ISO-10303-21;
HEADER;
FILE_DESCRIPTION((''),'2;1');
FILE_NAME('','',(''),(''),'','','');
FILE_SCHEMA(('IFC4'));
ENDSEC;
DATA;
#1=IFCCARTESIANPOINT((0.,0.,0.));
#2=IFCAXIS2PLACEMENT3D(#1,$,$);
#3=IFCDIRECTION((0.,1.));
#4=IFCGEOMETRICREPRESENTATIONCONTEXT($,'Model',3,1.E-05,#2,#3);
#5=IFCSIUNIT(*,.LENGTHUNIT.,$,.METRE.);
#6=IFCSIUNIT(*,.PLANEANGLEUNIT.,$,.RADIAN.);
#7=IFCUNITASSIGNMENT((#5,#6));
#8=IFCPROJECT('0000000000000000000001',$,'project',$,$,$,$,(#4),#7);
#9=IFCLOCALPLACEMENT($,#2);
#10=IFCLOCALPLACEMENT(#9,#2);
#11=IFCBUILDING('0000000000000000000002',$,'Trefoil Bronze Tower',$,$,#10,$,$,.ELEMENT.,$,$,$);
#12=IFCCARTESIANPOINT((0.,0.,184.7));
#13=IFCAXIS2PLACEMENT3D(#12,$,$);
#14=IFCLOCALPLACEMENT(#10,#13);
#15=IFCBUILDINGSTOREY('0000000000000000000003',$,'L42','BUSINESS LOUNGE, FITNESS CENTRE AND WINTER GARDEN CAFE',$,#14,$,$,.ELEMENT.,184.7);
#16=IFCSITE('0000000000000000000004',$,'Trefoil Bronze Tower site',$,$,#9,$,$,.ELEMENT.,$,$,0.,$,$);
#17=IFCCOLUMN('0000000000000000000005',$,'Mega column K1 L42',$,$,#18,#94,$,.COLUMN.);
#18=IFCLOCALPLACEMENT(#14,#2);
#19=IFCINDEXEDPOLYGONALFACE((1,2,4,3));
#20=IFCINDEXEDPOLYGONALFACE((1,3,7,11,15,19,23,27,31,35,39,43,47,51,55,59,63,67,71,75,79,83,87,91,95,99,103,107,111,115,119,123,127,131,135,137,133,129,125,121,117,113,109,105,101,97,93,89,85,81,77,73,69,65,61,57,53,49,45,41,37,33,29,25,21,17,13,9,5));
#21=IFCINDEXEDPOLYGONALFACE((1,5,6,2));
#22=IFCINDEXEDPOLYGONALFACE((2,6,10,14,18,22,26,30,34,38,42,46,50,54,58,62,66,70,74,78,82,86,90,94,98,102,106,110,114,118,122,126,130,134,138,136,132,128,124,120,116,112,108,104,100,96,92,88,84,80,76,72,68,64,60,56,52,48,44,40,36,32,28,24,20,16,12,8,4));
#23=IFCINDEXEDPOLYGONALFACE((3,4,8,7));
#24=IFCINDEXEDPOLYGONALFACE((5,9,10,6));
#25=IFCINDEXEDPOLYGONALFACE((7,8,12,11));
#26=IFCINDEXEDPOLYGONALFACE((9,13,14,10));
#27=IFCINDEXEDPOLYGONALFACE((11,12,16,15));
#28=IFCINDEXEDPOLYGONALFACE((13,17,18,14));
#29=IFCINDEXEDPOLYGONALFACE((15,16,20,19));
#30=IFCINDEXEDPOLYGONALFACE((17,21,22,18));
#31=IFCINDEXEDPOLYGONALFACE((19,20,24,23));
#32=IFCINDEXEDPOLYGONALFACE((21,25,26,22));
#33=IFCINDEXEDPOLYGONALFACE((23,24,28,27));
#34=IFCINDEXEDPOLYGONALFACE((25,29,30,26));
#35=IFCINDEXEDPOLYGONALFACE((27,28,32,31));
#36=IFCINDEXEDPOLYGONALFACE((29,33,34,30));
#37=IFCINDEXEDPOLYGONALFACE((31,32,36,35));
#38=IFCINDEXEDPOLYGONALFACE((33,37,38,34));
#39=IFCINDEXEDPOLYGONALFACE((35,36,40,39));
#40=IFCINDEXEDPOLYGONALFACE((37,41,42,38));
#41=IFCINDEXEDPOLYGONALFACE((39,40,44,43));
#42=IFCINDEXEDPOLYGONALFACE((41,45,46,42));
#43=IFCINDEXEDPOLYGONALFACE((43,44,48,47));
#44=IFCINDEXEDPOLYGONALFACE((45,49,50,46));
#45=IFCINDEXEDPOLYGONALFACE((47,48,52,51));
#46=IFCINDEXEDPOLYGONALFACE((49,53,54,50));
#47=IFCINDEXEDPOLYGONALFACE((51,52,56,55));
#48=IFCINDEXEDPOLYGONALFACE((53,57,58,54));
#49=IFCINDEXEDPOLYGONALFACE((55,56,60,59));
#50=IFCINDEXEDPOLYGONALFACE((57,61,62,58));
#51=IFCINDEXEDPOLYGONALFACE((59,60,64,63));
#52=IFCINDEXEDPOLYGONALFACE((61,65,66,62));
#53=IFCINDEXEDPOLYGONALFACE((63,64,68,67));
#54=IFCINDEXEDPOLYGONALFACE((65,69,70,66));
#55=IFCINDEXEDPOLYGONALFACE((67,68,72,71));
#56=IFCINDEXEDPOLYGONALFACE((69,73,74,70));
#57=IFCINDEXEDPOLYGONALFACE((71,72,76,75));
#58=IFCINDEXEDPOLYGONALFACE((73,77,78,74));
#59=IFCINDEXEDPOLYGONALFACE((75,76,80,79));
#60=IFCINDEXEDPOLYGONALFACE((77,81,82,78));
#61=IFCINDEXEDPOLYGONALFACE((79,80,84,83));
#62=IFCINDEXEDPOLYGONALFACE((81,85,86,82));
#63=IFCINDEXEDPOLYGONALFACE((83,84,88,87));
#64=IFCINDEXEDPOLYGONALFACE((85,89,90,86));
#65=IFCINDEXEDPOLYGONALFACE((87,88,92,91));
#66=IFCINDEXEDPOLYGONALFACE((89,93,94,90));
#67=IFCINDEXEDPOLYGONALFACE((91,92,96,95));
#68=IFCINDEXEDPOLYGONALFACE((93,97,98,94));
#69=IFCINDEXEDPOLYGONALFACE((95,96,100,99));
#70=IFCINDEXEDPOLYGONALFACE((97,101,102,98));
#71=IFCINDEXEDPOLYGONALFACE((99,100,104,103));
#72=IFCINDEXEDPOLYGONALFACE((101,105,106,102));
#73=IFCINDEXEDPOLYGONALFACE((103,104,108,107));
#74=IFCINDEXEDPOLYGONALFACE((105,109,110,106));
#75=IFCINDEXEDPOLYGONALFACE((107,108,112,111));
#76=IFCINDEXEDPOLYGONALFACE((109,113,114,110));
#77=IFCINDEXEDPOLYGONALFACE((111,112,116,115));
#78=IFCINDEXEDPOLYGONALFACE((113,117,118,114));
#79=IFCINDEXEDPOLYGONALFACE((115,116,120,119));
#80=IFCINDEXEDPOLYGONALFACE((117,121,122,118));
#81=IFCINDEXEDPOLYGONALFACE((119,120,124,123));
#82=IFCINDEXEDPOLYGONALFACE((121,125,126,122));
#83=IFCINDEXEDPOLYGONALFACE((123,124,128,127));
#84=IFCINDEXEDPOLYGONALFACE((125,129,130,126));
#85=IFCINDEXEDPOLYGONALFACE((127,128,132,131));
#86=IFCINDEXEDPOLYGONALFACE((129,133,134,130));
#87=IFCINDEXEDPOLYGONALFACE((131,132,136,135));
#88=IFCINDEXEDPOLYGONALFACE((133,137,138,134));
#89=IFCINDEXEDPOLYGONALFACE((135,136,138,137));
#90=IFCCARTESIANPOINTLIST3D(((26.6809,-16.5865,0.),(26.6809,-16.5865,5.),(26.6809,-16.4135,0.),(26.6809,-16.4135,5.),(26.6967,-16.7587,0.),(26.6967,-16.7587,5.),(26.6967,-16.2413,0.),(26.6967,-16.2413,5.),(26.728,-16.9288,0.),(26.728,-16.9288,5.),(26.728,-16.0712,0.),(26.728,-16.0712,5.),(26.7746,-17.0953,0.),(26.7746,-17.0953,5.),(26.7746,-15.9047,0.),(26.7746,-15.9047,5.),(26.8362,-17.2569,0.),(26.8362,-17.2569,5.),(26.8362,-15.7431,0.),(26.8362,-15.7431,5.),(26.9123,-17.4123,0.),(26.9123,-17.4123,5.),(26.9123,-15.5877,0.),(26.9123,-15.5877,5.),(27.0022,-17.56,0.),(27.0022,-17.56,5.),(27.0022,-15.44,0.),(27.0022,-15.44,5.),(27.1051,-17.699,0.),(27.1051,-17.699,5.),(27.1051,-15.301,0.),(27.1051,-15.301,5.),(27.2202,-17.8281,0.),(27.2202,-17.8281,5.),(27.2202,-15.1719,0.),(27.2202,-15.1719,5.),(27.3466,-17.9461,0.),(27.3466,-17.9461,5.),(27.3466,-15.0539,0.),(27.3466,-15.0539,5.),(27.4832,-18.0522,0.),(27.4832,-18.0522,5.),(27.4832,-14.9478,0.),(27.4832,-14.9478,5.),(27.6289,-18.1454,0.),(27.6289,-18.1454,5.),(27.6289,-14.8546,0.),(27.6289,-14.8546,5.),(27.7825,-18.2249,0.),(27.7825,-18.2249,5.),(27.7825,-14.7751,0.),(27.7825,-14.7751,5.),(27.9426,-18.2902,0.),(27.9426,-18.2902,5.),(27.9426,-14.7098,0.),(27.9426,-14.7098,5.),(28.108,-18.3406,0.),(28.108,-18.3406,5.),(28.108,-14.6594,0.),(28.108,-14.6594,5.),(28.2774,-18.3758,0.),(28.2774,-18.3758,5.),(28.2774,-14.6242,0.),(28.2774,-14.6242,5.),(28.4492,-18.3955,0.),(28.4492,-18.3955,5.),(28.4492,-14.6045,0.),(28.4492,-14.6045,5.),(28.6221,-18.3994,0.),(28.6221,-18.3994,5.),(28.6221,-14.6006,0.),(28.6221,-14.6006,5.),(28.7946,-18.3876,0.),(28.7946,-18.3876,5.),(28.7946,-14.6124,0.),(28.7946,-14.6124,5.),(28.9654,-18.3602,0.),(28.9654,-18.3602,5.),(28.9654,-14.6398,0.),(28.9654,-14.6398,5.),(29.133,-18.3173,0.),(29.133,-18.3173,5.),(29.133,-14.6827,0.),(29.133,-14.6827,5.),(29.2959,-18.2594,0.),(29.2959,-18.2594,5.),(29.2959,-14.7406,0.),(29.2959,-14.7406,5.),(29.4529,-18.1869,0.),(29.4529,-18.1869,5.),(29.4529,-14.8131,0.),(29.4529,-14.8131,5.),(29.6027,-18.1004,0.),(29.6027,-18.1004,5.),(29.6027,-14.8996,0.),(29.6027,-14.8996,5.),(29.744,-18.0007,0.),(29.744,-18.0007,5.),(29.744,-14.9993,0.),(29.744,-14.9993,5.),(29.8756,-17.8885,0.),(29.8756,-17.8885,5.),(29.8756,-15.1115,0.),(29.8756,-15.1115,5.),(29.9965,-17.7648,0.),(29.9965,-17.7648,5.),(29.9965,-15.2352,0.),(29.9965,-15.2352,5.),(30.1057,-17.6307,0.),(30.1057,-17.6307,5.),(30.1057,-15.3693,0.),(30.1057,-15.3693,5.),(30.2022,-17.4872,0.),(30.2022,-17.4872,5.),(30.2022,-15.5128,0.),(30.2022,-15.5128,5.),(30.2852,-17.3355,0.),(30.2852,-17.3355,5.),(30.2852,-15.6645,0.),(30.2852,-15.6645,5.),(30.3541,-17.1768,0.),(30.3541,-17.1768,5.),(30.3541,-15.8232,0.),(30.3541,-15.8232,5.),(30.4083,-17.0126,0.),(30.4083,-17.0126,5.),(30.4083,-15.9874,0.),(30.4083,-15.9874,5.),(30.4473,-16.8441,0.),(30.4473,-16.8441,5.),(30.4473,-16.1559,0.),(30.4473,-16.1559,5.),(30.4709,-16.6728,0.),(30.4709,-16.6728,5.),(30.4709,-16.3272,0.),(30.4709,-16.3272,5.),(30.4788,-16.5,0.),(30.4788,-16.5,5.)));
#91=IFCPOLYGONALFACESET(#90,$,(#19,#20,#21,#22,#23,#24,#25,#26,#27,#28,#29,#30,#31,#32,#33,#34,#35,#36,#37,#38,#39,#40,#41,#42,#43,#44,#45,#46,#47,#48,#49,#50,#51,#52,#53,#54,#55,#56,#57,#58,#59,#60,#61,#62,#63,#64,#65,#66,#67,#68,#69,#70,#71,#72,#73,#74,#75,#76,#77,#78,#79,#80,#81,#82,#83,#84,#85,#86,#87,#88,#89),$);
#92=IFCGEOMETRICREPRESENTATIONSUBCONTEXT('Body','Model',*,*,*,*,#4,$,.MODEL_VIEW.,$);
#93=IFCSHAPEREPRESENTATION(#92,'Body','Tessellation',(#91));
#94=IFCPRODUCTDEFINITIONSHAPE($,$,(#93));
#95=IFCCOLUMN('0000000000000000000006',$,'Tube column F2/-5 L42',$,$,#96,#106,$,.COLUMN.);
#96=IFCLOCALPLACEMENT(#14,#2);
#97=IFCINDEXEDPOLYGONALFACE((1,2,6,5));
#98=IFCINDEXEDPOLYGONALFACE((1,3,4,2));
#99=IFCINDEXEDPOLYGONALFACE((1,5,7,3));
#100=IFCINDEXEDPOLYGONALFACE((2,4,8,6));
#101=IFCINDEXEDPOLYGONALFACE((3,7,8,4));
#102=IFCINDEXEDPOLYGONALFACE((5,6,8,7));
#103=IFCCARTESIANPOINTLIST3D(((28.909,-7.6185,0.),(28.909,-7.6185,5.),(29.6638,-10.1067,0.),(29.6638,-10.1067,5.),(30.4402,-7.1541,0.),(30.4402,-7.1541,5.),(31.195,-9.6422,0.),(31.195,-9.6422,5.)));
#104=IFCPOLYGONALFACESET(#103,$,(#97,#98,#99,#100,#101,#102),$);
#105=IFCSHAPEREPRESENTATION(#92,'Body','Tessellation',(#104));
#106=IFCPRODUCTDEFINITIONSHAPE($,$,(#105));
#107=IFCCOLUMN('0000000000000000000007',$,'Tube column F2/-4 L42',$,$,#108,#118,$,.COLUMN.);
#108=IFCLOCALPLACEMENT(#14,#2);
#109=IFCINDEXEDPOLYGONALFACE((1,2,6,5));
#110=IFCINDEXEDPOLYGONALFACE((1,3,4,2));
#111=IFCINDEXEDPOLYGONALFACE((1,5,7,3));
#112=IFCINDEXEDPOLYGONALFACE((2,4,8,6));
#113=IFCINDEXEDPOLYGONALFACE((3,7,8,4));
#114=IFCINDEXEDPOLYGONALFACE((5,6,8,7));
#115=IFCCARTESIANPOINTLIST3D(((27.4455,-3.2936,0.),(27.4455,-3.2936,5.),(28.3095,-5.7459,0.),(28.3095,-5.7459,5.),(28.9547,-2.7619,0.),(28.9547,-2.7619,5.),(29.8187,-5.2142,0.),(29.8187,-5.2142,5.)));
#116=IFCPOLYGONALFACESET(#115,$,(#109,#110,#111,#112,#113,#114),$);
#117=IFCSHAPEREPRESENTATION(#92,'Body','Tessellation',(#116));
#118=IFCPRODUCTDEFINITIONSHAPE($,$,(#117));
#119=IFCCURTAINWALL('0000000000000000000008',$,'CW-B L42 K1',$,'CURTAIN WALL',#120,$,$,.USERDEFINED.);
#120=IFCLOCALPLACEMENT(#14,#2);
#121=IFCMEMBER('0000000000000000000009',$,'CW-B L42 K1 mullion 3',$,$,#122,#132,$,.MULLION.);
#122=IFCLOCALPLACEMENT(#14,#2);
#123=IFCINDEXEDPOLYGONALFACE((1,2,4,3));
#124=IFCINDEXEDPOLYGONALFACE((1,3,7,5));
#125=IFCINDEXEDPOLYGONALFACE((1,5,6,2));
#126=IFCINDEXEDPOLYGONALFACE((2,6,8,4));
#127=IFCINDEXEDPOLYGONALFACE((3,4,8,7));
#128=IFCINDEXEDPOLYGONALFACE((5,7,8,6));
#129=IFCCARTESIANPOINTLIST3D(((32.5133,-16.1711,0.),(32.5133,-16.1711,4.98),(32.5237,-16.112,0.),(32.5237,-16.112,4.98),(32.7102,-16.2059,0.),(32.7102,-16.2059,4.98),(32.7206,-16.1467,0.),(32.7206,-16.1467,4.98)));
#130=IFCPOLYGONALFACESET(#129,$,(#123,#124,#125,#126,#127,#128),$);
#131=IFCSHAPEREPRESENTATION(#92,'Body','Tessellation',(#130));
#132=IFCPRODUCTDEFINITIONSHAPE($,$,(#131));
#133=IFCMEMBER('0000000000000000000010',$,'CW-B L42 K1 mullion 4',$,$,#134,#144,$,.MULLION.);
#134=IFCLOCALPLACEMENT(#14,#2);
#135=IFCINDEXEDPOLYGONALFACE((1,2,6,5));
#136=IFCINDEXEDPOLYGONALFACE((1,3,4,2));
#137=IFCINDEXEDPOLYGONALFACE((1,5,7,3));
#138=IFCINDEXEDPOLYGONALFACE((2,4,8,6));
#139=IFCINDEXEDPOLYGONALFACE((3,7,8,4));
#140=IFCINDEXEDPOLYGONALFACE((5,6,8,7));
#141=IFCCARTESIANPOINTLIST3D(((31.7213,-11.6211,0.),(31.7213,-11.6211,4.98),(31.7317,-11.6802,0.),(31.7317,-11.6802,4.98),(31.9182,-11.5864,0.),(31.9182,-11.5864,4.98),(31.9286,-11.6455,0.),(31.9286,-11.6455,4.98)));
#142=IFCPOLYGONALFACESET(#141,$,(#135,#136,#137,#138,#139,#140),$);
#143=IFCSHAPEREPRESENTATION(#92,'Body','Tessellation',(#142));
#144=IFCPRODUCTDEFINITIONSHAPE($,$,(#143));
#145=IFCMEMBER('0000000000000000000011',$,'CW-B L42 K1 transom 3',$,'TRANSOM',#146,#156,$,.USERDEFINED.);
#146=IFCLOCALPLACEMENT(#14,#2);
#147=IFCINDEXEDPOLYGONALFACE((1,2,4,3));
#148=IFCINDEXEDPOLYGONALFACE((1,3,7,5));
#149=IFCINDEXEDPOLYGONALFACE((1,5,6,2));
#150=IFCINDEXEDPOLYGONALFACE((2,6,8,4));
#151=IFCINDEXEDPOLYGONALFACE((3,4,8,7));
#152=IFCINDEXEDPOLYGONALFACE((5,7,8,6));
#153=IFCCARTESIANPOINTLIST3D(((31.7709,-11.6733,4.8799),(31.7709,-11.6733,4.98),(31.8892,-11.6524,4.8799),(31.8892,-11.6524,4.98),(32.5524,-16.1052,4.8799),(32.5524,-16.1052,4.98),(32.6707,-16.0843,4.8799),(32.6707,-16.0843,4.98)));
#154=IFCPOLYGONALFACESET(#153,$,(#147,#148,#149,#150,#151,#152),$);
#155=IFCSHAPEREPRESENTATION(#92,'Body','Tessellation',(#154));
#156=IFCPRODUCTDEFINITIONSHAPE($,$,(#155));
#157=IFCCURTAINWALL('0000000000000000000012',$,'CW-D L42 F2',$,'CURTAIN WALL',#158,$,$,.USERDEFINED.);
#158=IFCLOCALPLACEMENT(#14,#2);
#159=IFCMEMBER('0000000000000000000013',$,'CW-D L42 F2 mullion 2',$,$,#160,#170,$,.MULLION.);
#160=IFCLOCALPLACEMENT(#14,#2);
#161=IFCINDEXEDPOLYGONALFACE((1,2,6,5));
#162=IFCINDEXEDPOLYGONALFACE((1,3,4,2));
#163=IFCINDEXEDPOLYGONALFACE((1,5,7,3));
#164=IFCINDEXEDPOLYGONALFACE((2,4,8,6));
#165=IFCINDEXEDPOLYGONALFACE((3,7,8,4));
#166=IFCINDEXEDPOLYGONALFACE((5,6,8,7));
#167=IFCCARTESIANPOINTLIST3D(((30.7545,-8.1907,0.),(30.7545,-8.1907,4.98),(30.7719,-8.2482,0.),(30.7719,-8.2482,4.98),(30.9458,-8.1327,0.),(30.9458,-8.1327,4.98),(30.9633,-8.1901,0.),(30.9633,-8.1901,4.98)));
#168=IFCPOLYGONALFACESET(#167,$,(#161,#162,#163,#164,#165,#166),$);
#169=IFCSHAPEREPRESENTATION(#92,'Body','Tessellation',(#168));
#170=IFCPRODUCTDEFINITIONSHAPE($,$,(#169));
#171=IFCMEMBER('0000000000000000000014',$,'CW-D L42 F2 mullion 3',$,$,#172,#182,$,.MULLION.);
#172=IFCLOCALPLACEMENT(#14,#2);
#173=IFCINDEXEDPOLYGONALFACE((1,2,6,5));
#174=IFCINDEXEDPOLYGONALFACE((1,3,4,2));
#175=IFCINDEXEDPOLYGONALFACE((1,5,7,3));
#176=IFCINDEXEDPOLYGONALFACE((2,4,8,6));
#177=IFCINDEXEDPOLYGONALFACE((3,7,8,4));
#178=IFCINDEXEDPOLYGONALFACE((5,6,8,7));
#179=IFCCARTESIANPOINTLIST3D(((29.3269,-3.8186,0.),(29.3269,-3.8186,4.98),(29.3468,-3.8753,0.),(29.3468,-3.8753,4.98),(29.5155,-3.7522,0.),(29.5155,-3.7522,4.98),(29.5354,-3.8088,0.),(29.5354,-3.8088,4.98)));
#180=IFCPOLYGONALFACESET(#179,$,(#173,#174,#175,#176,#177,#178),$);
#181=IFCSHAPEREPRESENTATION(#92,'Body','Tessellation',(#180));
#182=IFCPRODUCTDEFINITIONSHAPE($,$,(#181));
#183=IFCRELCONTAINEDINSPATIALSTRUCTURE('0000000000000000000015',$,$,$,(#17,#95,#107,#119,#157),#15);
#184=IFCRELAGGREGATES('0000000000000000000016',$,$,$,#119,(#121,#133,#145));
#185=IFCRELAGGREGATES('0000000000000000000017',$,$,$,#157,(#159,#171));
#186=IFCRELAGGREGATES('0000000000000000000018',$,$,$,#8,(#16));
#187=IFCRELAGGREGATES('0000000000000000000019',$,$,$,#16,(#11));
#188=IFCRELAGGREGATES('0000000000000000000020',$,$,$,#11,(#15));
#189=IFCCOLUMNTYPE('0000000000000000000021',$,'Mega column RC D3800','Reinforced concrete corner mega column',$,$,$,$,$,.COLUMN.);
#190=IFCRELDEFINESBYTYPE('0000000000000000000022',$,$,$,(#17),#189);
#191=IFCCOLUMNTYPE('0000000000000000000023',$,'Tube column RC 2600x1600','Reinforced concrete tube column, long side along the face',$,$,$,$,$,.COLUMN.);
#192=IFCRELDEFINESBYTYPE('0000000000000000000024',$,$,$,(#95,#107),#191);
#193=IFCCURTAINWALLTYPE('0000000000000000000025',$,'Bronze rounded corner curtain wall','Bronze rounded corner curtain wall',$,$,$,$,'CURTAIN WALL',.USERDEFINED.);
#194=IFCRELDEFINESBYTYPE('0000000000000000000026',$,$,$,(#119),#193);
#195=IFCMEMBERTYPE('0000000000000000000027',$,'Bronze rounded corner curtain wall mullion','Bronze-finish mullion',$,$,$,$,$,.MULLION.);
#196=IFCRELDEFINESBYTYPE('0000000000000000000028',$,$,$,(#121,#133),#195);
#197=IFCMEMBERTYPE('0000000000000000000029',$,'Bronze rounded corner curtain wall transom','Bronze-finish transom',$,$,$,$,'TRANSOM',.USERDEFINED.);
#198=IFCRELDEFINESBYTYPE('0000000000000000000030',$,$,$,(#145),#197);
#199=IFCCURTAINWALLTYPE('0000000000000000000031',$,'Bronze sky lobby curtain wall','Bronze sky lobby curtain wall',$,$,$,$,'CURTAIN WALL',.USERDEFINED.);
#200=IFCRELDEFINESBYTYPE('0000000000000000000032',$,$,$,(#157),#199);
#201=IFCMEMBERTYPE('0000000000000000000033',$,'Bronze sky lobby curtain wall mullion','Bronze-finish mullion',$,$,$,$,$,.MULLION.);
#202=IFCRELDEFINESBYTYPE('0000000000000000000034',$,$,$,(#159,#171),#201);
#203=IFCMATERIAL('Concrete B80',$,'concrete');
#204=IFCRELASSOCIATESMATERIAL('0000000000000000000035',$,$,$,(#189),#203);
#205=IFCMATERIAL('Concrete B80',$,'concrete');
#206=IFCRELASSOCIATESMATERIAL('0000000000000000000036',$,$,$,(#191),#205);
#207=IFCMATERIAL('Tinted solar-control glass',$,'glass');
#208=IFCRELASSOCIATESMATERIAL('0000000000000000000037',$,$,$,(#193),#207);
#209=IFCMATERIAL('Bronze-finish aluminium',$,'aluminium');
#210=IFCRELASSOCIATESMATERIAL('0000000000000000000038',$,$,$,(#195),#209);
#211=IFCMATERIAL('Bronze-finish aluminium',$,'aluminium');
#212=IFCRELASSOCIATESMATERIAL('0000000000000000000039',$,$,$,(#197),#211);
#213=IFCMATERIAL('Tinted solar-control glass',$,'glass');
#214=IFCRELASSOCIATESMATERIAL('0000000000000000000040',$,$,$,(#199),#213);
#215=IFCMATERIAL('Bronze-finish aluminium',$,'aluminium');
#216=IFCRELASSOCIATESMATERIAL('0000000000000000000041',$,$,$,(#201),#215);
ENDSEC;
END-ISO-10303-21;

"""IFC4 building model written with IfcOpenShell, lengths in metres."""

from ifc_helpers import new_model, si_unit, direction, frame, origin, origin_2d, place, context, subcontext, project, spatial, rectangle, circle, extrude, material, material_profile, profile_set, type_object, element, aggregate, save


model = new_model("IFC4")

# Units and contexts
model_context = context("Model", 3, precision=1e-05, world=origin(), true_north=direction((0.0, 1.0)))
body_context = subcontext(model_context, "Body", "Model", "MODEL_VIEW")
ifc_project = project(units=[si_unit("LENGTHUNIT", "METRE"), si_unit("PLANEANGLEUNIT", "RADIAN")], contexts=[model_context])

# Site, building, storey
site_placement = place(None, origin())
site = spatial("IfcSite", under=ifc_project, at=site_placement, Name="Trefoil Bronze Tower site", CompositionType="ELEMENT", RefElevation=0.0)
building_placement = place(site_placement, origin())
building = spatial("IfcBuilding", under=site, at=building_placement, Name="Trefoil Bronze Tower", CompositionType="ELEMENT")
storey_placement = place(building_placement, frame((0.0, 0.0, 184.7)))
storey = spatial("IfcBuildingStorey", under=building, at=storey_placement, Name="L42", Description="BUSINESS LOUNGE, FITNESS CENTRE AND WINTER GARDEN CAFE", CompositionType="ELEMENT", Elevation=184.7)

# Columns
ifc_material_1 = material(Name="Concrete B80", Category="concrete")
ifc_material_profile_1 = material_profile(ifc_material_1, circle(Radius=1.8999, at=origin_2d()), Name="RC D3800")
ifc_profile_set_1 = profile_set([ifc_material_profile_1], Name="Concrete B80")
column_type_1 = type_object("IfcColumnType", Name="Mega column RC D3800", Description="Reinforced concrete corner mega column", PredefinedType="COLUMN", material=ifc_profile_set_1)
column_placement = place(storey_placement, frame((28.5789, -16.5, 0.0), z_axis=(0.0, 0.0, 1.0), x_axis=(1.0, 0.0, 0.0)))
element("IfcColumn", 1, at=column_placement, inside=storey, type_object=column_type_1, Name="Mega column K1 L42", PredefinedType="COLUMN", context=body_context, shape_type="SweptSolid", body=[
    extrude(circle(Radius=1.8999, at=origin_2d()), origin(), (0.0, 0.0, 1.0), 5.0),
])
ifc_material_2 = material(Name="Concrete B80", Category="concrete")
ifc_material_profile_2 = material_profile(ifc_material_2, rectangle(XDim=2.6001, YDim=1.6001, at=origin_2d()), Name="RC 2600x1600")
ifc_profile_set_2 = profile_set([ifc_material_profile_2], Name="Concrete B80")
column_type_2 = type_object("IfcColumnType", Name="Tube column RC 2600x1600", Description="Reinforced concrete tube column, long side along the face", PredefinedType="COLUMN", material=ifc_profile_set_2)
for number, where, z_axis, x_axis, name in (
    (2, (30.052, -8.6304, 0.0), (0.0, 0.0, 1.0), (-0.290278, 0.956942, 0.0), "Tube column F2/-5 L42"),
    (3, (28.6321, -4.2539, 0.0), (0.0, 0.0, 1.0), (-0.332282, 0.94318, 0.0), "Tube column F2/-4 L42"),
):
    element("IfcColumn", number, at=place(storey_placement, frame(where, z_axis=z_axis, x_axis=x_axis)), inside=storey, type_object=column_type_2, Name=name, PredefinedType="COLUMN", context=body_context, shape_type="SweptSolid", body=[
        extrude(rectangle(XDim=2.6001, YDim=1.6001, at=origin_2d()), origin(), (0.0, 0.0, 1.0), 5.0),
    ])

# Curtain walls, members
ifc_material_3 = material(Name="Tinted solar-control glass", Category="glass")
curtain_wall_type_1 = type_object("IfcCurtainWallType", Name="Bronze rounded corner curtain wall", Description="Bronze rounded corner curtain wall", ElementType="CURTAIN WALL", PredefinedType="USERDEFINED", material=ifc_material_3)
curtain_wall_1_placement = place(storey_placement, origin())
curtain_wall_1 = element("IfcCurtainWall", 4, at=curtain_wall_1_placement, inside=storey, type_object=curtain_wall_type_1, Name="CW-B L42 K1", ObjectType="CURTAIN WALL", PredefinedType="USERDEFINED")
ifc_material_4 = material(Name="Bronze-finish aluminium", Category="aluminium")
ifc_material_profile_3 = material_profile(ifc_material_4, rectangle(XDim=0.2, YDim=0.0601, at=origin_2d()), Name="CW-B mullion")
ifc_profile_set_3 = profile_set([ifc_material_profile_3], Name="Bronze-finish aluminium")
member_type_1 = type_object("IfcMemberType", Name="Bronze rounded corner curtain wall mullion", Description="Bronze-finish mullion", PredefinedType="MULLION", material=ifc_profile_set_3)
member_1_placement = place(storey_placement, frame((32.6169, -16.1589, 0.0), z_axis=(0.0, 0.0, 1.0), x_axis=(-0.984808, 0.173648, 0.0)))
member_1 = element("IfcMember", 5, at=member_1_placement, type_object=member_type_1, Name="CW-B L42 K1 mullion 3", PredefinedType="MULLION", context=body_context, shape_type="SweptSolid", body=[
    extrude(rectangle(XDim=0.2, YDim=0.0601, at=origin_2d()), origin(), (0.0, 0.0, 1.0), 4.98),
])
member_2_placement = place(storey_placement, frame((31.825, -11.6333, 0.0), z_axis=(0.0, 0.0, 1.0), x_axis=(-0.984808, -0.173648, 0.0)))
member_2 = element("IfcMember", 6, at=member_2_placement, type_object=member_type_1, Name="CW-B L42 K1 mullion 4", PredefinedType="MULLION", context=body_context, shape_type="SweptSolid", body=[
    extrude(rectangle(XDim=0.2, YDim=0.0601, at=origin_2d()), origin(), (0.0, 0.0, 1.0), 4.98),
])
ifc_material_5 = material(Name="Bronze-finish aluminium", Category="aluminium")
ifc_material_profile_4 = material_profile(ifc_material_5, rectangle(XDim=0.1201, YDim=0.1001, at=origin_2d()), Name="CW-B transom")
ifc_profile_set_4 = profile_set([ifc_material_profile_4], Name="Bronze-finish aluminium")
member_type_2 = type_object("IfcMemberType", Name="Bronze rounded corner curtain wall transom", Description="Bronze-finish transom", ElementType="TRANSOM", PredefinedType="USERDEFINED", material=ifc_profile_set_4)
member_3_placement = place(storey_placement, frame((32.6116, -16.0947, 4.9299), z_axis=(-0.173655, 0.984806, 0.0), x_axis=(-0.984806, -0.173655, 0.0)))
member_3 = element("IfcMember", 7, at=member_3_placement, type_object=member_type_2, Name="CW-B L42 K1 transom 3", ObjectType="TRANSOM", PredefinedType="USERDEFINED", context=body_context, shape_type="SweptSolid", body=[
    extrude(rectangle(XDim=0.1201, YDim=0.1001, at=origin_2d()), origin(), (0.0, 0.0, 1.0), 4.5002),
])
ifc_material_6 = material(Name="Tinted solar-control glass", Category="glass")
curtain_wall_type_2 = type_object("IfcCurtainWallType", Name="Bronze sky lobby curtain wall", Description="Bronze sky lobby curtain wall", ElementType="CURTAIN WALL", PredefinedType="USERDEFINED", material=ifc_material_6)
curtain_wall_2_placement = place(storey_placement, origin())
curtain_wall_2 = element("IfcCurtainWall", 8, at=curtain_wall_2_placement, inside=storey, type_object=curtain_wall_type_2, Name="CW-D L42 F2", ObjectType="CURTAIN WALL", PredefinedType="USERDEFINED")
ifc_material_7 = material(Name="Bronze-finish aluminium", Category="aluminium")
ifc_material_profile_5 = material_profile(ifc_material_7, rectangle(XDim=0.2, YDim=0.0601, at=origin_2d()), Name="CW-D mullion")
ifc_profile_set_5 = profile_set([ifc_material_profile_5], Name="Bronze-finish aluminium")
member_type_3 = type_object("IfcMemberType", Name="Bronze sky lobby curtain wall mullion", Description="Bronze-finish mullion", PredefinedType="MULLION", material=ifc_profile_set_5)
member_4_placement = place(storey_placement, frame((30.8589, -8.1904, 0.0), z_axis=(0.0, 0.0, 1.0), x_axis=(-0.956942, -0.290278, 0.0)))
member_4 = element("IfcMember", 9, at=member_4_placement, type_object=member_type_3, Name="CW-D L42 F2 mullion 2", PredefinedType="MULLION", context=body_context, shape_type="SweptSolid", body=[
    extrude(rectangle(XDim=0.2, YDim=0.0601, at=origin_2d()), origin(), (0.0, 0.0, 1.0), 4.98),
])
member_5_placement = place(storey_placement, frame((29.4312, -3.8137, 0.0), z_axis=(0.0, 0.0, 1.0), x_axis=(-0.94318, -0.332282, 0.0)))
member_5 = element("IfcMember", 10, at=member_5_placement, type_object=member_type_3, Name="CW-D L42 F2 mullion 3", PredefinedType="MULLION", context=body_context, shape_type="SweptSolid", body=[
    extrude(rectangle(XDim=0.2, YDim=0.0601, at=origin_2d()), origin(), (0.0, 0.0, 1.0), 4.98),
])

aggregate(curtain_wall_1, [member_1, member_2, member_3])
aggregate(curtain_wall_2, [member_4, member_5])

save(model, "model.ifc")
